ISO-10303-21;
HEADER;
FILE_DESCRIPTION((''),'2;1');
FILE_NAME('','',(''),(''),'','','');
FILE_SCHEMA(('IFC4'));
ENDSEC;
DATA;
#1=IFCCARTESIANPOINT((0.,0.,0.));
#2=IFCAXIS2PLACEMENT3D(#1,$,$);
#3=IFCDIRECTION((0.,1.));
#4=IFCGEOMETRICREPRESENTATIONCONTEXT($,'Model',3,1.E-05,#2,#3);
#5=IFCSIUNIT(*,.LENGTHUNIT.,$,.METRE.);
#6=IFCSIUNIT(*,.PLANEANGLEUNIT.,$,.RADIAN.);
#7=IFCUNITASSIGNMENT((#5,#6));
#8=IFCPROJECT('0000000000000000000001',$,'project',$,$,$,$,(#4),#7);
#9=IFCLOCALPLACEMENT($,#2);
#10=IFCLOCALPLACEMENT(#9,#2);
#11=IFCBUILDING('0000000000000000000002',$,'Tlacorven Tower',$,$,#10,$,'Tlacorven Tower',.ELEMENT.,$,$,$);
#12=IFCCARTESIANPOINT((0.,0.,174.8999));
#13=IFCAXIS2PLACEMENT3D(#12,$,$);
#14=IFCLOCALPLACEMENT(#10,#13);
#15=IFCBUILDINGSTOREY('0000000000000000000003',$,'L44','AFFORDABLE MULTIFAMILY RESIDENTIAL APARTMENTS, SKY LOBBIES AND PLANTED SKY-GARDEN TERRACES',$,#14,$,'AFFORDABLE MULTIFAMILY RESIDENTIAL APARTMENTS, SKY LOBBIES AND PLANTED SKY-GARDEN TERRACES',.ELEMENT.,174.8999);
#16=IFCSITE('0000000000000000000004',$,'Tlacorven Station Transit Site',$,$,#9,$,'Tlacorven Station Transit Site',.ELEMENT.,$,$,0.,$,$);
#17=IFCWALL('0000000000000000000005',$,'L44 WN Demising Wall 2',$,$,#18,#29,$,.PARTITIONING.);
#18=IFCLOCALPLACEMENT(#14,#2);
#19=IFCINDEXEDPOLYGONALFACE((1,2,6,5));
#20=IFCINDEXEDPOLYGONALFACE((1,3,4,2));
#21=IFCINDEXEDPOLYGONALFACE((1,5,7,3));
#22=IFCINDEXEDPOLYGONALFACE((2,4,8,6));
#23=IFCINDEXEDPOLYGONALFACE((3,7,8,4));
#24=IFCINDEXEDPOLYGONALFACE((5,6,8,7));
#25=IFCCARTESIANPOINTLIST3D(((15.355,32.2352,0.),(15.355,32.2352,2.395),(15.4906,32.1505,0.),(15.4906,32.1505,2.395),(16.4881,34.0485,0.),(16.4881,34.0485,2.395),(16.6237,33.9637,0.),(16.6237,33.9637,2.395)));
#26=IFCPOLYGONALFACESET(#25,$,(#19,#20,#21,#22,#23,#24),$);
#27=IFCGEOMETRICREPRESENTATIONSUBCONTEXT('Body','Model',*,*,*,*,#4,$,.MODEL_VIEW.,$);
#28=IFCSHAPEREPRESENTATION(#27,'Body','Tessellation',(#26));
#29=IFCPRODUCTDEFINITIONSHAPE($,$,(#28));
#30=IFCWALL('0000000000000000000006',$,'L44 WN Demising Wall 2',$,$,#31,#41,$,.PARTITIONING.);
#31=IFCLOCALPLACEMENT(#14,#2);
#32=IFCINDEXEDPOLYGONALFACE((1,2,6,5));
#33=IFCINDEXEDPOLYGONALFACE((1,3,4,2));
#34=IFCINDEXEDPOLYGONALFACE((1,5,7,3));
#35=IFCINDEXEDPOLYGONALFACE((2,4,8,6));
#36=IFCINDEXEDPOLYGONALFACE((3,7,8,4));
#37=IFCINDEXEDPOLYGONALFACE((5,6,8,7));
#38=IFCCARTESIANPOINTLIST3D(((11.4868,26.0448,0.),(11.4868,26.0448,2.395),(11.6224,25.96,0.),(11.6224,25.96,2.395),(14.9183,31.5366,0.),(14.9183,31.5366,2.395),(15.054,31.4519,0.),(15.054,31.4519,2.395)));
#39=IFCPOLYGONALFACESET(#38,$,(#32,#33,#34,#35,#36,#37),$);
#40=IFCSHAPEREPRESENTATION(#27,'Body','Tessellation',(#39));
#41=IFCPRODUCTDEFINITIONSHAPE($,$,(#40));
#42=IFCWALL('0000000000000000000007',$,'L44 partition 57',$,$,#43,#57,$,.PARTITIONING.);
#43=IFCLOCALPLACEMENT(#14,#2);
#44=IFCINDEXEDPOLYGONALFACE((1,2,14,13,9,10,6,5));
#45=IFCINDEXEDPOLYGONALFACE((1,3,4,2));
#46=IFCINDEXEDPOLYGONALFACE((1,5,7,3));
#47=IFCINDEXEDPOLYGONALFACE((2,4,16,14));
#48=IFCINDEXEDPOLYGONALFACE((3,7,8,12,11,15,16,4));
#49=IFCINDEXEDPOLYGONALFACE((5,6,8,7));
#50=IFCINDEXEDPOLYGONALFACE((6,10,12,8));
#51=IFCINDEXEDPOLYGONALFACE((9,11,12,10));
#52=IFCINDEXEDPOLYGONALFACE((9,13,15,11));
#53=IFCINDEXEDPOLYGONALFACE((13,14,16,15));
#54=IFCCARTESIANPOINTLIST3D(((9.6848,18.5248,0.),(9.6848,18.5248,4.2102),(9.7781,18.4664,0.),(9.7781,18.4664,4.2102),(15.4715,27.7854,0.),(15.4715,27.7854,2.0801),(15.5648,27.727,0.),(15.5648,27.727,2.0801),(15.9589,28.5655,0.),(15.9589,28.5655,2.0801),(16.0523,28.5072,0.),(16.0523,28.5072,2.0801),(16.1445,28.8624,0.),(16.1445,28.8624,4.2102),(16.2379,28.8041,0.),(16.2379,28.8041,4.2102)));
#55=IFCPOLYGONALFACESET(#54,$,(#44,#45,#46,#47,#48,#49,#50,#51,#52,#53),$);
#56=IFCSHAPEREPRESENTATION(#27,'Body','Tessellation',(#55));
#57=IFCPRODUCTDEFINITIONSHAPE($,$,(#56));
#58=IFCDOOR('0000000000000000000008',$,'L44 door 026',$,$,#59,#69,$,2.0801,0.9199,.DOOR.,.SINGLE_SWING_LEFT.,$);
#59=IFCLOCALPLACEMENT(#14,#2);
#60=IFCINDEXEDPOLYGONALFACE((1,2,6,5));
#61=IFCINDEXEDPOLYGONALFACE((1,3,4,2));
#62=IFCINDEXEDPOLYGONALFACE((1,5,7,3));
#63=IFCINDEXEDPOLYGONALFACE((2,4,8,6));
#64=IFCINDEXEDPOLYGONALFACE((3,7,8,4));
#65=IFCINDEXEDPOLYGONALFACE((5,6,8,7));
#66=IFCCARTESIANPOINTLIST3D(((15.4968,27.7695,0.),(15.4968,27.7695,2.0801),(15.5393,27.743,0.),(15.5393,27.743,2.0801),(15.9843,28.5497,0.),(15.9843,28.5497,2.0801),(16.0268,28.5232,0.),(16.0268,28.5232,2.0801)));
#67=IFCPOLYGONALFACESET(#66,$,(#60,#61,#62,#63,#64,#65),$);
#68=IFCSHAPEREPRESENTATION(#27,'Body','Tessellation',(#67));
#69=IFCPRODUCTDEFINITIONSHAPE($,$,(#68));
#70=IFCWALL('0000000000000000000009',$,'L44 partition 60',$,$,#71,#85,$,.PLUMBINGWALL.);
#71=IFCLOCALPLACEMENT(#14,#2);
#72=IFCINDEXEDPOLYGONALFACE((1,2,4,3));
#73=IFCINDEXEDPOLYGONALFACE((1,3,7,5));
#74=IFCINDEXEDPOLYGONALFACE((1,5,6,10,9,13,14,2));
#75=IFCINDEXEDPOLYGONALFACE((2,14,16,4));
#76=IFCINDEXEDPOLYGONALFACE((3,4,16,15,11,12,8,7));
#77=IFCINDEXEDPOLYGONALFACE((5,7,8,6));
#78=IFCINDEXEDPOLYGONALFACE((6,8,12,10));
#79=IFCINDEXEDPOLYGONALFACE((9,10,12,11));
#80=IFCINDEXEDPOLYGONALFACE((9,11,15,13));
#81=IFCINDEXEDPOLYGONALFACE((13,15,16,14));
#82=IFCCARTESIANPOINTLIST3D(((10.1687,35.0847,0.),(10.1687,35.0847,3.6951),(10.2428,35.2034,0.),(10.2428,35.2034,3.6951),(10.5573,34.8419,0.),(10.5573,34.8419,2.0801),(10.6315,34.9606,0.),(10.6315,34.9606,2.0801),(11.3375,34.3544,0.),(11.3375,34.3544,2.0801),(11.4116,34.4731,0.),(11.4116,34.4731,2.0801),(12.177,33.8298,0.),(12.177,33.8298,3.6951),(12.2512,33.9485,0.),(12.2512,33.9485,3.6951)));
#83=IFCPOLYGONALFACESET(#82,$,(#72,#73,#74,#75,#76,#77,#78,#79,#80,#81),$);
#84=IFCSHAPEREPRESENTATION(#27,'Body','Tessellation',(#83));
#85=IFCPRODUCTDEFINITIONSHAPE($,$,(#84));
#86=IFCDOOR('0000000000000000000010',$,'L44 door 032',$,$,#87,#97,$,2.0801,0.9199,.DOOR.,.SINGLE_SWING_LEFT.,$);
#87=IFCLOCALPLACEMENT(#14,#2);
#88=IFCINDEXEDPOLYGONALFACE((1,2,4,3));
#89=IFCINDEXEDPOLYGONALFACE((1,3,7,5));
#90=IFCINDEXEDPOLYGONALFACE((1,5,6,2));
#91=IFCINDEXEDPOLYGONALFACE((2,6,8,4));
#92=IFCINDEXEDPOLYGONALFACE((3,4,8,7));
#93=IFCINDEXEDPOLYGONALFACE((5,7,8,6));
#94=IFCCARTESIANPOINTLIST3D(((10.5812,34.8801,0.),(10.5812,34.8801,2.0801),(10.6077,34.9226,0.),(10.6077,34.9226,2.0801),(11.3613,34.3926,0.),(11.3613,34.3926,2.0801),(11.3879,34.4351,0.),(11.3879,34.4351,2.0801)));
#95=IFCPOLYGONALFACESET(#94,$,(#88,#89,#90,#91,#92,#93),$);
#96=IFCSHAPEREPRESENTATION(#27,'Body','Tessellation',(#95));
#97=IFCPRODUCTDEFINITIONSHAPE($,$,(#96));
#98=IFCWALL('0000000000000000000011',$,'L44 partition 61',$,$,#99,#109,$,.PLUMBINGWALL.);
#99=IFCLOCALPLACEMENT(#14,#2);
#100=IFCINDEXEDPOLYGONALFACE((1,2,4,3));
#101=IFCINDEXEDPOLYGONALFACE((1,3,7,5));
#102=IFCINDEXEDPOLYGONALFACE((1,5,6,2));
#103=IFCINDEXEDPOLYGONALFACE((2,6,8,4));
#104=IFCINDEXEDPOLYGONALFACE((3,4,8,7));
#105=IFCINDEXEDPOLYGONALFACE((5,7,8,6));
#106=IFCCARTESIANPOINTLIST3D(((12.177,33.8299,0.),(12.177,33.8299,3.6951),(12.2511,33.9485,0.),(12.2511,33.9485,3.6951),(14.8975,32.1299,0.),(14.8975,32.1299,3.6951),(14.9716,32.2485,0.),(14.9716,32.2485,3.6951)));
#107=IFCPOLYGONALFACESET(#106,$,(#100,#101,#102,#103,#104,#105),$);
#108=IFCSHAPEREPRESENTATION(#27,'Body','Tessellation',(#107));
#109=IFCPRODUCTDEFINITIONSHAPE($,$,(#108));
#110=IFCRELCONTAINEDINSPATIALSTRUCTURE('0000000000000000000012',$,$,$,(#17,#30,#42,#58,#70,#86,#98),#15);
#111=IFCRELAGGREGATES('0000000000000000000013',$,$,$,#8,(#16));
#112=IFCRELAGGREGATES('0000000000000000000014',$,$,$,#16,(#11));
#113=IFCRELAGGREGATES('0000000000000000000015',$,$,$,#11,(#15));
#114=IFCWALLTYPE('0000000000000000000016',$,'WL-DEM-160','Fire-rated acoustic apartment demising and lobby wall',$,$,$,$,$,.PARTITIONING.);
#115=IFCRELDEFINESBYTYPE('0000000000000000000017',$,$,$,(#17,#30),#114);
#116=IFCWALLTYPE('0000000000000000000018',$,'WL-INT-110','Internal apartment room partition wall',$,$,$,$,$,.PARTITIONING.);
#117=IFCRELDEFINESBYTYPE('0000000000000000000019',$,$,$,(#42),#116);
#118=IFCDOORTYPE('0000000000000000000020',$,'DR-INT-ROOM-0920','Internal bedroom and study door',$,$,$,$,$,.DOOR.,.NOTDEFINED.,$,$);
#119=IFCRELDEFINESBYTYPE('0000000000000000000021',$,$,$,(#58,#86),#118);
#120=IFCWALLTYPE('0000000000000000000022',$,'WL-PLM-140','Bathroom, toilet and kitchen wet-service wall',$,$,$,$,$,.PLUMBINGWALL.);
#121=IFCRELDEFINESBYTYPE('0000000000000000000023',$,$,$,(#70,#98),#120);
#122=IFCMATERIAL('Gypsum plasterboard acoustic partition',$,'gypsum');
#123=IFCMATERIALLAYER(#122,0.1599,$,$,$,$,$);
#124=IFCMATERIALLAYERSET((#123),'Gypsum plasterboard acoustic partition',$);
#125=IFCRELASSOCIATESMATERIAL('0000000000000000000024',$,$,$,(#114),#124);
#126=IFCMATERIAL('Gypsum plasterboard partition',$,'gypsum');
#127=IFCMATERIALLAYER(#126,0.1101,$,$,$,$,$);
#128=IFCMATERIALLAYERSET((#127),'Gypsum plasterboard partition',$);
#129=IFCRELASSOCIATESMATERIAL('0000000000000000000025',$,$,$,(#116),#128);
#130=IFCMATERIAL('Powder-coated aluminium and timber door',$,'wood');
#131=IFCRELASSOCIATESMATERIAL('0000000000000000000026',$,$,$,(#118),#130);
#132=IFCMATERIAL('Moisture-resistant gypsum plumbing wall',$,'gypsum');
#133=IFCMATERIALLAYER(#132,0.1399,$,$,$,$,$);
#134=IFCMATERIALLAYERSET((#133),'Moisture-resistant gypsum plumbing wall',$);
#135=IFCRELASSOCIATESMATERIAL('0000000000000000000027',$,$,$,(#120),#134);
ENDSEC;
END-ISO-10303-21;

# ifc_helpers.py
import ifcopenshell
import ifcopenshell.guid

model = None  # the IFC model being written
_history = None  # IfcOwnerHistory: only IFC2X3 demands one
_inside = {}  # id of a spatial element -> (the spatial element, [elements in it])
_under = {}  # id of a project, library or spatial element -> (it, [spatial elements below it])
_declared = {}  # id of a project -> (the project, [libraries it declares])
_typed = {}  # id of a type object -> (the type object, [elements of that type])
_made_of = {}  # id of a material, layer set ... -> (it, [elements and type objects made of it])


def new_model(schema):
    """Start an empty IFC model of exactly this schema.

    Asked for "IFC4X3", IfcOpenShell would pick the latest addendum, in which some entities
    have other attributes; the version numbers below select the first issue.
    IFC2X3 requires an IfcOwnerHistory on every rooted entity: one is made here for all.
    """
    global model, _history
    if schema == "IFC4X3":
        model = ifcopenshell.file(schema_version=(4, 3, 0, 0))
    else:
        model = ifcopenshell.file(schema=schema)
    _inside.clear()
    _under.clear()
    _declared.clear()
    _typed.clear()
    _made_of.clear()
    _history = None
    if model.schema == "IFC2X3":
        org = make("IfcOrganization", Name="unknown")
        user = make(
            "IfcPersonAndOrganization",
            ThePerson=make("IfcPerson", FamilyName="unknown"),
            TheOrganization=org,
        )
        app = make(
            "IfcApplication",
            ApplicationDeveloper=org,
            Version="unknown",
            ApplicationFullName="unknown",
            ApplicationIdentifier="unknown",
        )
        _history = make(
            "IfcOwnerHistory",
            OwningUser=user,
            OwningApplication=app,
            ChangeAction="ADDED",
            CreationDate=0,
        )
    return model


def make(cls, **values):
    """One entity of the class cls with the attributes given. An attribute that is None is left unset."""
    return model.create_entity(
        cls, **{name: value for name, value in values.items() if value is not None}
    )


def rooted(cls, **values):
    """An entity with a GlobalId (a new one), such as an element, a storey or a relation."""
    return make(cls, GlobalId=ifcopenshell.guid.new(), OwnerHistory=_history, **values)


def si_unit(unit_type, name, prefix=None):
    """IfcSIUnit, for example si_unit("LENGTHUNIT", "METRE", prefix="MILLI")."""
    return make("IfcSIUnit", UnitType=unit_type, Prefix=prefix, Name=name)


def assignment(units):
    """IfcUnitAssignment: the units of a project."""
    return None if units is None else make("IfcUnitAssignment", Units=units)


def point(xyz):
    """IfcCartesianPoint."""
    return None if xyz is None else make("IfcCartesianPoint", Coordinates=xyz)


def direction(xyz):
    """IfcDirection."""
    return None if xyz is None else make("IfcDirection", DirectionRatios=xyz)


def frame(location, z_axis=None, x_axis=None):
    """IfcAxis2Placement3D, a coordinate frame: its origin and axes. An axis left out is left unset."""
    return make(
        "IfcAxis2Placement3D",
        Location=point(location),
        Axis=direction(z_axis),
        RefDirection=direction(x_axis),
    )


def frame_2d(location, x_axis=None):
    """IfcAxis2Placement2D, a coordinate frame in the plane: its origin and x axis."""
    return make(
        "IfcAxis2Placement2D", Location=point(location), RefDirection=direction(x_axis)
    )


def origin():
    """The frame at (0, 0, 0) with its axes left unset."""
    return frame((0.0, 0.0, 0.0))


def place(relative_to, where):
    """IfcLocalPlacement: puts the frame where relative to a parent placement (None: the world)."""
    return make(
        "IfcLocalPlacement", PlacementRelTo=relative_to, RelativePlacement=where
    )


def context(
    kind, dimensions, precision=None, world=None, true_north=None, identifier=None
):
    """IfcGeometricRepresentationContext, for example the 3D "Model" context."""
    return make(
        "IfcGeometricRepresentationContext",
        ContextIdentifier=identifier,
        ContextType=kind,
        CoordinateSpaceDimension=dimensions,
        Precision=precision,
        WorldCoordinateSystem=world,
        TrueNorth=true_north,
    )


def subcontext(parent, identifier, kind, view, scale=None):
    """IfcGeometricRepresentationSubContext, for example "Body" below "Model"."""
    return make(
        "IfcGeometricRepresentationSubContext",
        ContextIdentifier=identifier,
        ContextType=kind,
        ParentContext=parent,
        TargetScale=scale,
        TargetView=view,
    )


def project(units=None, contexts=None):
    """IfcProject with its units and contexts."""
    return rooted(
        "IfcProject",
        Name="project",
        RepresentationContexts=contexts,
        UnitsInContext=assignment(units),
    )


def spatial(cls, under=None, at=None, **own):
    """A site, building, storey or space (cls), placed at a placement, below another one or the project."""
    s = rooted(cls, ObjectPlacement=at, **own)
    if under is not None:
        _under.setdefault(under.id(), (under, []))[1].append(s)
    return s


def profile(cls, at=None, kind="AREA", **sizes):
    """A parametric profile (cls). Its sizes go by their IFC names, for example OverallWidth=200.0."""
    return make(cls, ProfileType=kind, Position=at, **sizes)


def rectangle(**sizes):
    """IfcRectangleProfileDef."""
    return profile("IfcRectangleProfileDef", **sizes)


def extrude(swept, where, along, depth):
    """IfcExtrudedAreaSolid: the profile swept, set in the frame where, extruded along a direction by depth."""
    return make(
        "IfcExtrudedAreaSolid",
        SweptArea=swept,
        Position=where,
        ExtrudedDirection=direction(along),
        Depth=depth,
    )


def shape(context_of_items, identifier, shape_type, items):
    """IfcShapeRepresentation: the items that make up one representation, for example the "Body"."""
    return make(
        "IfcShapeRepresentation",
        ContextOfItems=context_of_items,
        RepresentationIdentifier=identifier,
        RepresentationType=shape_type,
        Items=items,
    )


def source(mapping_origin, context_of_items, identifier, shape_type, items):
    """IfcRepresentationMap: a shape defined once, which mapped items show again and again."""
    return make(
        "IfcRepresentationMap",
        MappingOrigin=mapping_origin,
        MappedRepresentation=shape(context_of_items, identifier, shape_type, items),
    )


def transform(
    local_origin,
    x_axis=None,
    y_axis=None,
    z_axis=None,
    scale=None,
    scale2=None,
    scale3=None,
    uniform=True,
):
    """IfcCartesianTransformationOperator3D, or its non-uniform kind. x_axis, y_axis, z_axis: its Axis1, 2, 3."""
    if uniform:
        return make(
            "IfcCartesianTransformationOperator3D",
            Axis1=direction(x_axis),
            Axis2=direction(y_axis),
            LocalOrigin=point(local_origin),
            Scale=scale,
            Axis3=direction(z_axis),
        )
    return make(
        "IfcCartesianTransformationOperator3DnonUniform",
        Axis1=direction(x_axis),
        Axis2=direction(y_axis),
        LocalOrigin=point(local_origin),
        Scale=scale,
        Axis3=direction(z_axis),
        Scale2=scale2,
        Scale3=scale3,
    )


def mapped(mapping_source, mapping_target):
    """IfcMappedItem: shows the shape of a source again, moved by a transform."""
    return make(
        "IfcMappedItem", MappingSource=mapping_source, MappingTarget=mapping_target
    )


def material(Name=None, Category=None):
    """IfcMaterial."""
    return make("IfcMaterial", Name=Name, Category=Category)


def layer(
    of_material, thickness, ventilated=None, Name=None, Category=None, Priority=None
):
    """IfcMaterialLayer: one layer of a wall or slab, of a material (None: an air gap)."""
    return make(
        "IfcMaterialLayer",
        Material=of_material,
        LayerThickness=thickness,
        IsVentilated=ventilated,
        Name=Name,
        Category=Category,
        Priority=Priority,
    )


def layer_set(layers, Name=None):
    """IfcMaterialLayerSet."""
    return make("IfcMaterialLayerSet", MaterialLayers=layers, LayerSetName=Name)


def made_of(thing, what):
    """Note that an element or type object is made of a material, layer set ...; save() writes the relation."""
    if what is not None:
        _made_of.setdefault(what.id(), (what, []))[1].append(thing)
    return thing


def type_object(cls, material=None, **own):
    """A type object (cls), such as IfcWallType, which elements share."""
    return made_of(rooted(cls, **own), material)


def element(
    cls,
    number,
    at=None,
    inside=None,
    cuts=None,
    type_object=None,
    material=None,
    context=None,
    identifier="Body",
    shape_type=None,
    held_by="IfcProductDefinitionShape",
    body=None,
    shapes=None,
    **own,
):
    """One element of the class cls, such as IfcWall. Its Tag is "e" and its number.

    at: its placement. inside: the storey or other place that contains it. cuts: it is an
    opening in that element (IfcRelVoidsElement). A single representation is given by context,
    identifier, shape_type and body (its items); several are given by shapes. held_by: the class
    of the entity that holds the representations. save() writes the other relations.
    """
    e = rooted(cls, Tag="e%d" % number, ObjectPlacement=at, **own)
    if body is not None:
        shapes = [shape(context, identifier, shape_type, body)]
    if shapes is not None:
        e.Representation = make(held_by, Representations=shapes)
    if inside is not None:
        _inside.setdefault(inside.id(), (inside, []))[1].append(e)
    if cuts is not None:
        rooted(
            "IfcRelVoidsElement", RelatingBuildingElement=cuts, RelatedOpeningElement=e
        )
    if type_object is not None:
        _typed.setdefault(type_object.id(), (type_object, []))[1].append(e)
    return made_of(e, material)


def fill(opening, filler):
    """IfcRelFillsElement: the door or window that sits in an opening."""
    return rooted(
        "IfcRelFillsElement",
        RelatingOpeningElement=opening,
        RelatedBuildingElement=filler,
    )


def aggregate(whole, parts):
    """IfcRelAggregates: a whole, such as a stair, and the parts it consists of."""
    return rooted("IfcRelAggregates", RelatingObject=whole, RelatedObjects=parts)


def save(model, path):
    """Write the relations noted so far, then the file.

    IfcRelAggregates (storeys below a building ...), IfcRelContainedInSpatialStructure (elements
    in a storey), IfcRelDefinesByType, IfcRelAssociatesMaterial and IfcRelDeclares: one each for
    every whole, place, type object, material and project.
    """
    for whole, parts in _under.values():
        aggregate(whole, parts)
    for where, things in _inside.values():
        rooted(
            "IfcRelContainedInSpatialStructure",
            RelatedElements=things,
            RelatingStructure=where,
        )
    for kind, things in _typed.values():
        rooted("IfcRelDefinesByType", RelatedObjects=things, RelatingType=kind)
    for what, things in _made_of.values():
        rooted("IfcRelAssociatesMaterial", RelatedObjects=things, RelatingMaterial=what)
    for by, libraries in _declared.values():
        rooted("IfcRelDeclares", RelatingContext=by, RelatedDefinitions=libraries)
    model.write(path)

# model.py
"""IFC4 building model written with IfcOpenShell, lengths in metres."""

from ifc_helpers import new_model, si_unit, direction, frame, frame_2d, origin, place, context, subcontext, project, spatial, rectangle, extrude, source, transform, mapped, material, layer, layer_set, type_object, element, fill, save


model = new_model("IFC4")

# Units and contexts
model_context = context("Model", 3, precision=1e-05, world=origin(), true_north=direction((0.0, 1.0)))
body_context = subcontext(model_context, "Body", "Model", "MODEL_VIEW")
ifc_project = project(units=[si_unit("LENGTHUNIT", "METRE"), si_unit("PLANEANGLEUNIT", "RADIAN")], contexts=[model_context])

# Site, building, storey
site_placement = place(None, origin())
site = spatial("IfcSite", under=ifc_project, at=site_placement, Name="Tlacorven Station Transit Site", LongName="Tlacorven Station Transit Site", CompositionType="ELEMENT", RefElevation=0.0)
building_placement = place(site_placement, origin())
building = spatial("IfcBuilding", under=site, at=building_placement, Name="Tlacorven Tower", LongName="Tlacorven Tower", CompositionType="ELEMENT")
storey_placement = place(building_placement, frame((0.0, 0.0, 174.8999)))
storey = spatial("IfcBuildingStorey", under=building, at=storey_placement, Name="L44", Description="AFFORDABLE MULTIFAMILY RESIDENTIAL APARTMENTS, SKY LOBBIES AND PLANTED SKY-GARDEN TERRACES", LongName="AFFORDABLE MULTIFAMILY RESIDENTIAL APARTMENTS, SKY LOBBIES AND PLANTED SKY-GARDEN TERRACES", CompositionType="ELEMENT", Elevation=174.8999)

# Walls
ifc_material_1 = material(Name="Gypsum plasterboard acoustic partition", Category="gypsum")
ifc_layer_1 = layer(ifc_material_1, 0.1599)
ifc_layer_set_1 = layer_set([ifc_layer_1], Name="Gypsum plasterboard acoustic partition")
wall_type_1 = type_object("IfcWallType", Name="WL-DEM-160", Description="Fire-rated acoustic apartment demising and lobby wall", PredefinedType="PARTITIONING", material=ifc_layer_set_1)
wall_1_placement = place(storey_placement, frame((16.5559, 34.0061, 0.0), z_axis=(0.0, 0.0, 1.0), x_axis=(-0.529927, -0.848043, 0.0)))
element("IfcWall", 1, at=wall_1_placement, inside=storey, type_object=wall_type_1, Name="L44 WN Demising Wall 2", PredefinedType="PARTITIONING", context=body_context, shape_type="SweptSolid", body=[
    extrude(rectangle(XDim=2.1382, YDim=0.1599, at=frame_2d((1.0691, 0.0))), origin(), (0.0, 0.0, 1.0), 2.395),
])
wall_2_placement = place(storey_placement, frame((14.9861, 31.4941, 0.0), z_axis=(0.0, 0.0, 1.0), x_axis=(-0.529907, -0.848055, 0.0)))
element("IfcWall", 2, at=wall_2_placement, inside=storey, type_object=wall_type_1, Name="L44 WN Demising Wall 2", PredefinedType="PARTITIONING", context=body_context, shape_type="SweptSolid", body=[
    extrude(rectangle(XDim=6.4758, YDim=0.1599, at=frame_2d((3.2378, 0.0))), origin(), (0.0, 0.0, 1.0), 2.395),
])

# Walls, openings, doors
ifc_material_2 = material(Name="Gypsum plasterboard partition", Category="gypsum")
ifc_layer_2 = layer(ifc_material_2, 0.1101)
ifc_layer_set_2 = layer_set([ifc_layer_2], Name="Gypsum plasterboard partition")
wall_type_2 = type_object("IfcWallType", Name="WL-INT-110", Description="Internal apartment room partition wall", PredefinedType="PARTITIONING", material=ifc_layer_set_2)
wall_3_placement = place(storey_placement, frame((16.1912, 28.8333, 0.0), z_axis=(0.0, 0.0, 1.0), x_axis=(-0.529922, -0.848047, 0.0)))
wall_3 = element("IfcWall", 3, at=wall_3_placement, inside=storey, type_object=wall_type_2, Name="L44 partition 57", PredefinedType="PARTITIONING", context=body_context, shape_type="SweptSolid", body=[
    extrude(rectangle(XDim=12.1899, YDim=0.1101, at=frame_2d((6.095, 0.0))), origin(), (0.0, 0.0, 1.0), 4.2102),
])
opening_1_placement = place(wall_3_placement, frame((0.3501, 0.0, 0.0)))
opening_1 = element("IfcOpeningElement", 4, at=opening_1_placement, cuts=wall_3, PredefinedType="OPENING", context=body_context, shape_type="SweptSolid", body=[
    extrude(rectangle(XDim=0.9199, YDim=2.0801, at=frame_2d((0.46, 1.04))), frame((0.0, 0.0649, 0.0), z_axis=(0.0, -1.0, 0.0), x_axis=(1.0, 0.0, 0.0)), (0.0, 0.0, 1.0), 0.1301),
])
ifc_material_3 = material(Name="Powder-coated aluminium and timber door", Category="wood")
door_type = type_object("IfcDoorType", Name="DR-INT-ROOM-0920", Description="Internal bedroom and study door", OperationType="NOTDEFINED", PredefinedType="DOOR", material=ifc_material_3)
shared_shape_1 = source(origin(), body_context, "Body", "SweptSolid", [
    extrude(rectangle(XDim=0.9199, YDim=2.0801, at=frame_2d((0.46, 1.04))), frame((0.0, 0.0249, 0.0), z_axis=(0.0, -1.0, 0.0), x_axis=(1.0, 0.0, 0.0)), (0.0, 0.0, 1.0), 0.05),
])
door_1_placement = place(opening_1_placement, origin())
door_1 = element("IfcDoor", 5, at=door_1_placement, inside=storey, type_object=door_type, Name="L44 door 026", OperationType="SINGLE_SWING_LEFT", OverallHeight=2.0801, OverallWidth=0.9199, PredefinedType="DOOR", context=body_context, shape_type="MappedRepresentation", body=[
    mapped(shared_shape_1, transform((0.0, 0.0, 0.0), scale=1.0)),
])
fill(opening_1, door_1)
ifc_material_4 = material(Name="Moisture-resistant gypsum plumbing wall", Category="gypsum")
ifc_layer_3 = layer(ifc_material_4, 0.1399)
ifc_layer_set_3 = layer_set([ifc_layer_3], Name="Moisture-resistant gypsum plumbing wall")
wall_type_3 = type_object("IfcWallType", Name="WL-PLM-140", Description="Bathroom, toilet and kitchen wet-service wall", PredefinedType="PLUMBINGWALL", material=ifc_layer_set_3)
wall_4_placement = place(storey_placement, frame((12.2141, 33.8892, 0.0), z_axis=(0.0, 0.0, 1.0), x_axis=(-0.848056, 0.529906, 0.0)))
wall_4 = element("IfcWall", 6, at=wall_4_placement, inside=storey, type_object=wall_type_3, Name="L44 partition 60", PredefinedType="PLUMBINGWALL", context=body_context, shape_type="SweptSolid", body=[
    extrude(rectangle(XDim=2.3682, YDim=0.1399, at=frame_2d((1.1841, 0.0))), origin(), (0.0, 0.0, 1.0), 3.6951),
])
opening_2_placement = place(wall_4_placement, frame((0.99, 0.0, 0.0)))
opening_2 = element("IfcOpeningElement", 7, at=opening_2_placement, cuts=wall_4, PredefinedType="OPENING", context=body_context, shape_type="SweptSolid", body=[
    extrude(rectangle(XDim=0.9199, YDim=2.0801, at=frame_2d((0.46, 1.04))), frame((0.0, 0.0801, 0.0), z_axis=(0.0, -1.0, 0.0), x_axis=(1.0, 0.0, 0.0)), (0.0, 0.0, 1.0), 0.1599),
])
door_2_placement = place(opening_2_placement, origin())
door_2 = element("IfcDoor", 8, at=door_2_placement, inside=storey, type_object=door_type, Name="L44 door 032", OperationType="SINGLE_SWING_LEFT", OverallHeight=2.0801, OverallWidth=0.9199, PredefinedType="DOOR", context=body_context, shape_type="MappedRepresentation", body=[
    mapped(shared_shape_1, transform((0.0, 0.0, 0.0), scale=1.0)),
])
fill(opening_2, door_2)

# Wall
wall_5_placement = place(storey_placement, frame((14.9346, 32.1892, 0.0), z_axis=(0.0, 0.0, 1.0), x_axis=(-0.848045, 0.529924, 0.0)))
element("IfcWall", 9, at=wall_5_placement, inside=storey, type_object=wall_type_3, Name="L44 partition 61", PredefinedType="PLUMBINGWALL", context=body_context, shape_type="SweptSolid", body=[
    extrude(rectangle(XDim=3.208, YDim=0.1399, at=frame_2d((1.604, 0.0))), origin(), (0.0, 0.0, 1.0), 3.6951),
])

save(model, "model.ifc")
